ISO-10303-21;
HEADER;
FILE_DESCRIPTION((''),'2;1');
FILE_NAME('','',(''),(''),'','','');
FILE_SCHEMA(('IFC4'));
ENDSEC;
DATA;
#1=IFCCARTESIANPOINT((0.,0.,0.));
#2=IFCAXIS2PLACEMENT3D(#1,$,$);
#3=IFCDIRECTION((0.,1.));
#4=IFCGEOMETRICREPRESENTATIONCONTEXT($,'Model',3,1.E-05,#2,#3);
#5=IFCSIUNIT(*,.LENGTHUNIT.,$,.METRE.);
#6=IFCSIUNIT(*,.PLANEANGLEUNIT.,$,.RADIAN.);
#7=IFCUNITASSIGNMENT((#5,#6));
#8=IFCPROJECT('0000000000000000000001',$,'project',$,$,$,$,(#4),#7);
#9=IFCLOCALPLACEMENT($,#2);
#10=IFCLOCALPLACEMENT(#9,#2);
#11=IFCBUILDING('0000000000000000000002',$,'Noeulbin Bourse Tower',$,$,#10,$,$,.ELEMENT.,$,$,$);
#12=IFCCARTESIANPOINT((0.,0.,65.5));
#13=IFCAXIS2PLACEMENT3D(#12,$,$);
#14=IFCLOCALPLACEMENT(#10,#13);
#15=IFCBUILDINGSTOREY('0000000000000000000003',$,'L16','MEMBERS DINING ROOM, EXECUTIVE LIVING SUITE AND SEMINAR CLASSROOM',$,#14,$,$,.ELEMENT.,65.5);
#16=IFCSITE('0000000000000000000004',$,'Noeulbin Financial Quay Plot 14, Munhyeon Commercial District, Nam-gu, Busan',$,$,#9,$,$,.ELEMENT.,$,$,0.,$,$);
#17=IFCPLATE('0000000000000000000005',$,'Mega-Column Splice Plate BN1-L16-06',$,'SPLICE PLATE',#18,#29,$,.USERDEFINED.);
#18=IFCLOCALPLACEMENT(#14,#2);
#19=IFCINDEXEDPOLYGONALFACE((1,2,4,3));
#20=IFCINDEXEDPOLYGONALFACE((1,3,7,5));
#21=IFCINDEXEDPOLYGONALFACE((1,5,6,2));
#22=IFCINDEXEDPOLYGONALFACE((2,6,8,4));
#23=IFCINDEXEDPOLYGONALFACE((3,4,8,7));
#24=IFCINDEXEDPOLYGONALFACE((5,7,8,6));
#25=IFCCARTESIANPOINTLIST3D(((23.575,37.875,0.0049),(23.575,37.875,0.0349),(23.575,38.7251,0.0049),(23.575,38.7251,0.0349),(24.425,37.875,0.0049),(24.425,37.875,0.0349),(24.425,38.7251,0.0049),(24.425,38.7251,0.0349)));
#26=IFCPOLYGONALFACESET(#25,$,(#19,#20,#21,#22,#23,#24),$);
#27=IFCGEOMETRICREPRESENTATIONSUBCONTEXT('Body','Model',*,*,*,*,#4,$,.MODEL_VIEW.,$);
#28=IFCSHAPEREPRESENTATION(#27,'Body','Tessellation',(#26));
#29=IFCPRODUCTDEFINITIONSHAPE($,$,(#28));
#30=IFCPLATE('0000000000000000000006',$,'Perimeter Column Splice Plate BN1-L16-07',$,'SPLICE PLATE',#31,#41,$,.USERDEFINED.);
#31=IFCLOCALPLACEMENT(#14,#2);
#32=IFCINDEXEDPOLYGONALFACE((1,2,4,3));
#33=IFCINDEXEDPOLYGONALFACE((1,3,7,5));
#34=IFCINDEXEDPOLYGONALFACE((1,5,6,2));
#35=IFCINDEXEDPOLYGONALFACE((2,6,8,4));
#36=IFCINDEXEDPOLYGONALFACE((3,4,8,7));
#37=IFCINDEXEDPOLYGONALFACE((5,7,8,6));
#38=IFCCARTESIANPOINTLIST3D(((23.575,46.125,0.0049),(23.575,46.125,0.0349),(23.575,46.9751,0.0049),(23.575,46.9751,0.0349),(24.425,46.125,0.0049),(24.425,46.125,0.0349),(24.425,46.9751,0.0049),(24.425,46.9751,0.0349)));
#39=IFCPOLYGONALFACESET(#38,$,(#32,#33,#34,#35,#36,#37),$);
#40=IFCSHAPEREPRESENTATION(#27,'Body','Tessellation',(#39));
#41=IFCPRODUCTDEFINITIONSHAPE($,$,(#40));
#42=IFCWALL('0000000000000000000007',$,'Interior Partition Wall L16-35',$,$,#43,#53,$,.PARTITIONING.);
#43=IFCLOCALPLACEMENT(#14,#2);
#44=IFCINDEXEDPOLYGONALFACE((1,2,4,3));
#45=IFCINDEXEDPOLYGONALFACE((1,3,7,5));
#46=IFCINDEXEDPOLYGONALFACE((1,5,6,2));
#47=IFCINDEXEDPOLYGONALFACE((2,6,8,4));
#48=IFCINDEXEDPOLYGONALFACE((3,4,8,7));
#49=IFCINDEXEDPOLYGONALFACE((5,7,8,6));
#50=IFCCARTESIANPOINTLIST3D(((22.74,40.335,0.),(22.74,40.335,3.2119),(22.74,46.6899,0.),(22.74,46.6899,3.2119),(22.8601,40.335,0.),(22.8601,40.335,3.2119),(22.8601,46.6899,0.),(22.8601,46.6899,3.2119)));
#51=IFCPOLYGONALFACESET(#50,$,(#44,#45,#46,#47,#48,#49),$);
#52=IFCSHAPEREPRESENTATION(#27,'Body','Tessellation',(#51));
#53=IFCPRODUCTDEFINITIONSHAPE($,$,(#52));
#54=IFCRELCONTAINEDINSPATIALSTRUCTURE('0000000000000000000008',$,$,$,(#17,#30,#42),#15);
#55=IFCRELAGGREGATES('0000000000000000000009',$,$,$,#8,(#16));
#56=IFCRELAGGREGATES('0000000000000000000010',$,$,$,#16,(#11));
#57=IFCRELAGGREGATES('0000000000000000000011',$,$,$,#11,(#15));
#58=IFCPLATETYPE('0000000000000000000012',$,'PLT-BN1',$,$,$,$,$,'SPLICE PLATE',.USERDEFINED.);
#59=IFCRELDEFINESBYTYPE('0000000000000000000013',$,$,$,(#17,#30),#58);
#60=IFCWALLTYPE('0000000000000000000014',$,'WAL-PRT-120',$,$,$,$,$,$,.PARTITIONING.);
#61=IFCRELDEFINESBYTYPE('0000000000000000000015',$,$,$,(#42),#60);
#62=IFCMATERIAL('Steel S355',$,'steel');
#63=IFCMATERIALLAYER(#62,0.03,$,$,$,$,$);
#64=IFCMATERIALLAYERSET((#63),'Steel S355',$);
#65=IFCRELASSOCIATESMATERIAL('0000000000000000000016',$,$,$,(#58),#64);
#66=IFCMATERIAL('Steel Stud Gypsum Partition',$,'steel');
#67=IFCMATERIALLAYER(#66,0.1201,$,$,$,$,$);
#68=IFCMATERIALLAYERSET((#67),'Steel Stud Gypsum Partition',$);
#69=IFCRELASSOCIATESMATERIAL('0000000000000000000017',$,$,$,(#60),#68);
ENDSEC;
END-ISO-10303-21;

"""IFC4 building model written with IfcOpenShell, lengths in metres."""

from ifc_helpers import new_model, si_unit, direction, frame, frame_2d, origin, origin_2d, place, context, subcontext, project, spatial, rectangle, extrude, material, layer, layer_set, type_object, element, save


model = new_model("IFC4")

# Units and contexts
model_context = context("Model", 3, precision=1e-05, world=origin(), true_north=direction((0.0, 1.0)))
body_context = subcontext(model_context, "Body", "Model", "MODEL_VIEW")
ifc_project = project(units=[si_unit("LENGTHUNIT", "METRE"), si_unit("PLANEANGLEUNIT", "RADIAN")], contexts=[model_context])

# Site, building, storey
site_placement = place(None, origin())
site = spatial("IfcSite", under=ifc_project, at=site_placement, Name="Noeulbin Financial Quay Plot 14, Munhyeon Commercial District, Nam-gu, Busan", CompositionType="ELEMENT", RefElevation=0.0)
building_placement = place(site_placement, origin())
building = spatial("IfcBuilding", under=site, at=building_placement, Name="Noeulbin Bourse Tower", CompositionType="ELEMENT")
storey_placement = place(building_placement, frame((0.0, 0.0, 65.5)))
storey = spatial("IfcBuildingStorey", under=building, at=storey_placement, Name="L16", Description="MEMBERS DINING ROOM, EXECUTIVE LIVING SUITE AND SEMINAR CLASSROOM", CompositionType="ELEMENT", Elevation=65.5)

# Shared definitions
ifc_material_1 = material(Name="Steel S355", Category="steel")

# Plates
ifc_layer_1 = layer(ifc_material_1, 0.03)
ifc_layer_set_1 = layer_set([ifc_layer_1], Name="Steel S355")
plate_type_1 = type_object("IfcPlateType", Name="PLT-BN1", ElementType="SPLICE PLATE", PredefinedType="USERDEFINED", material=ifc_layer_set_1)
for number, where, z_axis, x_axis, name in (
    (1, (24.0, 38.3, 0.0049), (0.0, 0.0, 1.0), (1.0, 0.0, 0.0), "Mega-Column Splice Plate BN1-L16-06"),
    (2, (24.0, 46.55, 0.0049), (0.0, 0.0, 1.0), (1.0, 0.0, 0.0), "Perimeter Column Splice Plate BN1-L16-07"),
):
    element("IfcPlate", number, at=place(storey_placement, frame(where, z_axis=z_axis, x_axis=x_axis)), inside=storey, type_object=plate_type_1, Name=name, ObjectType="SPLICE PLATE", PredefinedType="USERDEFINED", context=body_context, shape_type="SweptSolid", body=[
        extrude(rectangle(XDim=0.8501, YDim=0.8501, at=origin_2d()), origin(), (0.0, 0.0, 1.0), 0.03),
    ])

# Wall
ifc_material_2 = material(Name="Steel Stud Gypsum Partition", Category="steel")
ifc_layer_2 = layer(ifc_material_2, 0.1201)
ifc_layer_set_2 = layer_set([ifc_layer_2], Name="Steel Stud Gypsum Partition")
wall_type = type_object("IfcWallType", Name="WAL-PRT-120", PredefinedType="PARTITIONING", material=ifc_layer_set_2)
wall_placement = place(storey_placement, frame((22.8, 40.335, 0.0), z_axis=(0.0, 0.0, 1.0), x_axis=(0.0, 1.0, 0.0)))
element("IfcWall", 3, at=wall_placement, inside=storey, type_object=wall_type, Name="Interior Partition Wall L16-35", PredefinedType="PARTITIONING", context=body_context, shape_type="SweptSolid", body=[
    extrude(rectangle(XDim=6.355, YDim=0.1201, at=frame_2d((3.1775, 0.0))), origin(), (0.0, 0.0, 1.0), 3.2119),
])

save(model, "model.ifc")
